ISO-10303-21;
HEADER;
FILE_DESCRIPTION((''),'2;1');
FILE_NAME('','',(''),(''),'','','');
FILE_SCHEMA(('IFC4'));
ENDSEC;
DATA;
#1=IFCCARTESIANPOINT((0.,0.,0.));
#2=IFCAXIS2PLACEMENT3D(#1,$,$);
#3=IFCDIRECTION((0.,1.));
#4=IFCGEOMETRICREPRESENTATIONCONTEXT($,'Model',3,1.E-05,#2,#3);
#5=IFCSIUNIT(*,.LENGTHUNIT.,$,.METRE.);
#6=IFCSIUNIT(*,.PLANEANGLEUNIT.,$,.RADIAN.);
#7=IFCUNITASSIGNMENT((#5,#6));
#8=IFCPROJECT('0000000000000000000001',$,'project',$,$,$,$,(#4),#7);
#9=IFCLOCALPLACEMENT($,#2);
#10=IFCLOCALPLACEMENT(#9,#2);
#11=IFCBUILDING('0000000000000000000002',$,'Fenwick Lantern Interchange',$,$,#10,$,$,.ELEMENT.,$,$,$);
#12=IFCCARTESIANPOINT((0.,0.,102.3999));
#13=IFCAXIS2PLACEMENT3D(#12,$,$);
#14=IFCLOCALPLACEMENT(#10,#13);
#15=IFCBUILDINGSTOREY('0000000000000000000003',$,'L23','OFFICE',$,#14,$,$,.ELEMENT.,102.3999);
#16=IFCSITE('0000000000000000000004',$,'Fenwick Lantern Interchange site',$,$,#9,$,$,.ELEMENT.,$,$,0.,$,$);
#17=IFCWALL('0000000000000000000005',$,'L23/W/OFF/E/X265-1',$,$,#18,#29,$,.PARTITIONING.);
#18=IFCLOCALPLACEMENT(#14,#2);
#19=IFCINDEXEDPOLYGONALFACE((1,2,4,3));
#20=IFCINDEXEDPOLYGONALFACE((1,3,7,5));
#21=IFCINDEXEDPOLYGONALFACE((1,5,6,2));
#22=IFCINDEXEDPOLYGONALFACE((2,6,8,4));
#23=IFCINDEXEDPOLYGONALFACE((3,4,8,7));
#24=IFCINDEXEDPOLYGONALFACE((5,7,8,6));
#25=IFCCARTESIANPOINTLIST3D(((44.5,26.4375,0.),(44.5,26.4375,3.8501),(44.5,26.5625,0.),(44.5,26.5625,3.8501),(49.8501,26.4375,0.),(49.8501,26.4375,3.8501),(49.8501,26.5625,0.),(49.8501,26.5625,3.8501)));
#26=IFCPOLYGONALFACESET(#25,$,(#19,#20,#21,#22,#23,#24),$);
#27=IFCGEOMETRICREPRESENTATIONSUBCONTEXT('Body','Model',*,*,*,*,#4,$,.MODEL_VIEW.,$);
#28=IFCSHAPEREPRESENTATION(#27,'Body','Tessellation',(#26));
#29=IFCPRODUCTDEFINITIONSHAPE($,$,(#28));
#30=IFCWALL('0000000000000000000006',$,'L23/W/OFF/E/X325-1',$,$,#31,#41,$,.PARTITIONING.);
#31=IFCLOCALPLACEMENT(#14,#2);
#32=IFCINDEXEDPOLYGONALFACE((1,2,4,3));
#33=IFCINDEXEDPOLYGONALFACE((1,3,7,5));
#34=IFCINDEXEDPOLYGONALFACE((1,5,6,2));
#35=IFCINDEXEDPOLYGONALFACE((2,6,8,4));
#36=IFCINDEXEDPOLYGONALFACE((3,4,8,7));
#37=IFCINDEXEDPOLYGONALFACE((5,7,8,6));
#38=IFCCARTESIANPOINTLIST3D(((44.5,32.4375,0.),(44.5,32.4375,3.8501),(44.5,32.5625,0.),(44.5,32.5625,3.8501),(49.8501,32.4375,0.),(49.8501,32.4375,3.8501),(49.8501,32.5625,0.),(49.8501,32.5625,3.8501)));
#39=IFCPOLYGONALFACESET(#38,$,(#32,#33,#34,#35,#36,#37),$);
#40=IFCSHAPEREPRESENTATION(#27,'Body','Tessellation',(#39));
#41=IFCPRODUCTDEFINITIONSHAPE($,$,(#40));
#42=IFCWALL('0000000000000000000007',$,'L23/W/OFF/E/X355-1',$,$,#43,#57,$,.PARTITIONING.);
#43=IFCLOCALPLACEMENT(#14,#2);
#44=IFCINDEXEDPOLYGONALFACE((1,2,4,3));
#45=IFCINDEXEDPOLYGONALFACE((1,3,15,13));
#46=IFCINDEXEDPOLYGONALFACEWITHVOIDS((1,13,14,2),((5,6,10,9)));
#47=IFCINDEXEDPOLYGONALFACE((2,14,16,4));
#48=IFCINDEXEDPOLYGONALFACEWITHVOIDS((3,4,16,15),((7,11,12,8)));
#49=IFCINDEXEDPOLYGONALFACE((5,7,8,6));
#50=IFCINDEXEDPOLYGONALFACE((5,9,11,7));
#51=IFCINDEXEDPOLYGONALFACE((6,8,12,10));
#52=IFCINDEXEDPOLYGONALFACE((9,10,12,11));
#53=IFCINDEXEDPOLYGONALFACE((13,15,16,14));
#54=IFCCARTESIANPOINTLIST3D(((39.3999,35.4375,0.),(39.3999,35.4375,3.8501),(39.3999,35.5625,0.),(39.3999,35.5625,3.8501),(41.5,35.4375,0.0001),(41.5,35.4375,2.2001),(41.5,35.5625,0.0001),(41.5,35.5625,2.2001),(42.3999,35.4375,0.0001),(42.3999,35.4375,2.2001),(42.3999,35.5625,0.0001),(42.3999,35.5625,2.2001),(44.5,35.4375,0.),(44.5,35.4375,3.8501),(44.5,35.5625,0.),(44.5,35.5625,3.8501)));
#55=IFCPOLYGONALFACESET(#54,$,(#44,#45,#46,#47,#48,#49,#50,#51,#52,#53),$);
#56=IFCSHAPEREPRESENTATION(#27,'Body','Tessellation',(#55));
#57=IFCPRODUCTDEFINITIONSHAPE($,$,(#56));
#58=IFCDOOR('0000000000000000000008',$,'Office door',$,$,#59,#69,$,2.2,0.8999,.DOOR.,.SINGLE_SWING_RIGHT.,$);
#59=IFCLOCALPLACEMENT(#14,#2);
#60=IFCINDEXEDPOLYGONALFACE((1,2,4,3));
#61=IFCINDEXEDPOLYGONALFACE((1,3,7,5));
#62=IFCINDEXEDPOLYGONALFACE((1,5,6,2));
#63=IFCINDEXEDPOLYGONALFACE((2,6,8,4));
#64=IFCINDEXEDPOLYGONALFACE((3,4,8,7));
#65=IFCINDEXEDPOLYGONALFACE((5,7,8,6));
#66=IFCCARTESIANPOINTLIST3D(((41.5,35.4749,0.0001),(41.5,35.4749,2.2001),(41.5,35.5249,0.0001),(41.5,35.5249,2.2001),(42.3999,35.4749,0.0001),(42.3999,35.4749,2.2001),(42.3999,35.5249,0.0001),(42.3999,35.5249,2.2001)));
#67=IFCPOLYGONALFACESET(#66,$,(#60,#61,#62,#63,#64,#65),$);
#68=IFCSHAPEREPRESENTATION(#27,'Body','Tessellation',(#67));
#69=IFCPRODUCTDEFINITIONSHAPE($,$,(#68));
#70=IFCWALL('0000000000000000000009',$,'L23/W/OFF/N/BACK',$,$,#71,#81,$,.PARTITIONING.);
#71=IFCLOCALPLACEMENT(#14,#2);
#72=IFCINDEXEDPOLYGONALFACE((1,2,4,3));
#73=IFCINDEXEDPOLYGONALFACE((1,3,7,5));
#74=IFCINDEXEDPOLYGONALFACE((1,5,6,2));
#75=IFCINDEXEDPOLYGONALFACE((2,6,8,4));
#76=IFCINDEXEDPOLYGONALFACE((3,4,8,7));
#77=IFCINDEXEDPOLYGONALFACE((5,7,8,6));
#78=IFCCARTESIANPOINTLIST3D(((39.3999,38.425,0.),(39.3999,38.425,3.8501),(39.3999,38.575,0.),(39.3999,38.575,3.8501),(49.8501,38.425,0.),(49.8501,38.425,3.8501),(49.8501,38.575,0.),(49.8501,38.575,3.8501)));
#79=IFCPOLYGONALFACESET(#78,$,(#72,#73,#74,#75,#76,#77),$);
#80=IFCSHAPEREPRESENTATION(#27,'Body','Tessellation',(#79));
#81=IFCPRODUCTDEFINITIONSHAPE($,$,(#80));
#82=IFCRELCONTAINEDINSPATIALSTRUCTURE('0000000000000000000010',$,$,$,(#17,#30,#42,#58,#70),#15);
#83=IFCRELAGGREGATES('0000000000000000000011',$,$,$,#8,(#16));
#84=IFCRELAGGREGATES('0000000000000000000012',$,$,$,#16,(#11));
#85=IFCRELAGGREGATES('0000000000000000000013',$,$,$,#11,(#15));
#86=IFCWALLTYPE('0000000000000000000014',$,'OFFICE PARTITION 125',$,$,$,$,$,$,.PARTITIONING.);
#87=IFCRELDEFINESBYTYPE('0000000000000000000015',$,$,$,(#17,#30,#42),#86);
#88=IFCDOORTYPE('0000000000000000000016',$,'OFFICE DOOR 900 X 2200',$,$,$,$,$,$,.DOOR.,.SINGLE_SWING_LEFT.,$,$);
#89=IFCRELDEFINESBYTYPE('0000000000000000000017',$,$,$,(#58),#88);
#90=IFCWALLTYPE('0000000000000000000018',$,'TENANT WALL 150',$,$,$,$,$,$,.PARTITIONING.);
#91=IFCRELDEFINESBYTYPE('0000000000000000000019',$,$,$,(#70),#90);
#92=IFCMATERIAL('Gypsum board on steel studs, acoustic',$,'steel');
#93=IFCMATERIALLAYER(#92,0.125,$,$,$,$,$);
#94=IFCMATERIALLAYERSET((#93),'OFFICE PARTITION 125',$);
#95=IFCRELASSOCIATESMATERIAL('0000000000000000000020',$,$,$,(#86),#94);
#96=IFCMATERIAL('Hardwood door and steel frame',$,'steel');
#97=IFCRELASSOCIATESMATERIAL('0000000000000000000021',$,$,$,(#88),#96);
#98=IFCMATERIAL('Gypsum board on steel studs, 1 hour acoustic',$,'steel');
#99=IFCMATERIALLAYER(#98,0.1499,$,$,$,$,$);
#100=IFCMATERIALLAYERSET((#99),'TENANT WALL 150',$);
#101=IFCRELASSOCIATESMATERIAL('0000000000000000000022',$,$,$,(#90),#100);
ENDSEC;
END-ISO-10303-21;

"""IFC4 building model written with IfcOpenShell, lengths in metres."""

from ifc_helpers import new_model, si_unit, direction, frame, frame_2d, origin, place, context, subcontext, project, spatial, rectangle, extrude, material, layer, layer_set, type_object, element, fill, save


model = new_model("IFC4")

# Units and contexts
model_context = context("Model", 3, precision=1e-05, world=origin(), true_north=direction((0.0, 1.0)))
body_context = subcontext(model_context, "Body", "Model", "MODEL_VIEW")
ifc_project = project(units=[si_unit("LENGTHUNIT", "METRE"), si_unit("PLANEANGLEUNIT", "RADIAN")], contexts=[model_context])

# Site, building, storey
site_placement = place(None, origin())
site = spatial("IfcSite", under=ifc_project, at=site_placement, Name="Fenwick Lantern Interchange site", CompositionType="ELEMENT", RefElevation=0.0)
building_placement = place(site_placement, origin())
building = spatial("IfcBuilding", under=site, at=building_placement, Name="Fenwick Lantern Interchange", CompositionType="ELEMENT")
storey_placement = place(building_placement, frame((0.0, 0.0, 102.3999)))
storey = spatial("IfcBuildingStorey", under=building, at=storey_placement, Name="L23", Description="OFFICE", CompositionType="ELEMENT", Elevation=102.3999)

# Walls
ifc_material_1 = material(Name="Gypsum board on steel studs, acoustic", Category="steel")
ifc_layer_1 = layer(ifc_material_1, 0.125)
ifc_layer_set_1 = layer_set([ifc_layer_1], Name="OFFICE PARTITION 125")
wall_type_1 = type_object("IfcWallType", Name="OFFICE PARTITION 125", PredefinedType="PARTITIONING", material=ifc_layer_set_1)
for number, where, z_axis, x_axis, name in (
    (1, (49.8501, 26.5, 0.0), (0.0, 0.0, 1.0), (-1.0, 0.0, 0.0), "L23/W/OFF/E/X265-1"),
    (2, (49.8501, 32.5, 0.0), (0.0, 0.0, 1.0), (-1.0, 0.0, 0.0), "L23/W/OFF/E/X325-1"),
):
    element("IfcWall", number, at=place(storey_placement, frame(where, z_axis=z_axis, x_axis=x_axis)), inside=storey, type_object=wall_type_1, Name=name, PredefinedType="PARTITIONING", context=body_context, shape_type="SweptSolid", body=[
        extrude(rectangle(XDim=5.3501, YDim=0.125, at=frame_2d((2.675, 0.0))), origin(), (0.0, 0.0, 1.0), 3.8501),
    ])

# Wall, opening, door
wall_1_placement = place(storey_placement, frame((44.5, 35.5, 0.0), z_axis=(0.0, 0.0, 1.0), x_axis=(-1.0, 0.0, 0.0)))
wall_1 = element("IfcWall", 3, at=wall_1_placement, inside=storey, type_object=wall_type_1, Name="L23/W/OFF/E/X355-1", PredefinedType="PARTITIONING", context=body_context, shape_type="SweptSolid", body=[
    extrude(rectangle(XDim=5.1001, YDim=0.125, at=frame_2d((2.55, 0.0))), origin(), (0.0, 0.0, 1.0), 3.8501),
])
opening_placement = place(wall_1_placement, frame((2.1001, 0.0, 0.0)))
opening = element("IfcOpeningElement", 4, at=opening_placement, cuts=wall_1, PredefinedType="OPENING", context=body_context, shape_type="SweptSolid", body=[
    extrude(rectangle(XDim=0.8999, YDim=2.2, at=frame_2d((0.45, 1.1001))), frame((0.0, 0.0725, 0.0), z_axis=(0.0, -1.0, 0.0), x_axis=(1.0, 0.0, 0.0)), (0.0, 0.0, 1.0), 0.145),
])
ifc_material_2 = material(Name="Hardwood door and steel frame", Category="steel")
door_type = type_object("IfcDoorType", Name="OFFICE DOOR 900 X 2200", OperationType="SINGLE_SWING_LEFT", PredefinedType="DOOR", material=ifc_material_2)
door_placement = place(opening_placement, frame((0.8999, 0.0, 0.0), z_axis=(0.0, 0.0, 1.0), x_axis=(-1.0, 0.0, 0.0)))
door = element("IfcDoor", 5, at=door_placement, inside=storey, type_object=door_type, Name="Office door", OperationType="SINGLE_SWING_RIGHT", OverallHeight=2.2, OverallWidth=0.8999, PredefinedType="DOOR", context=body_context, shape_type="SweptSolid", body=[
    extrude(rectangle(XDim=0.8999, YDim=2.2, at=frame_2d((0.45, 1.1001))), frame((0.0, 0.0249, 0.0), z_axis=(0.0, -1.0, 0.0), x_axis=(1.0, 0.0, 0.0)), (0.0, 0.0, 1.0), 0.05),
])
fill(opening, door)

# Wall
ifc_material_3 = material(Name="Gypsum board on steel studs, 1 hour acoustic", Category="steel")
ifc_layer_2 = layer(ifc_material_3, 0.1499)
ifc_layer_set_2 = layer_set([ifc_layer_2], Name="TENANT WALL 150")
wall_type_2 = type_object("IfcWallType", Name="TENANT WALL 150", PredefinedType="PARTITIONING", material=ifc_layer_set_2)
wall_2_placement = place(storey_placement, frame((49.8501, 38.5, 0.0), z_axis=(0.0, 0.0, 1.0), x_axis=(-1.0, 0.0, 0.0)))
element("IfcWall", 6, at=wall_2_placement, inside=storey, type_object=wall_type_2, Name="L23/W/OFF/N/BACK", PredefinedType="PARTITIONING", context=body_context, shape_type="SweptSolid", body=[
    extrude(rectangle(XDim=10.4502, YDim=0.1499, at=frame_2d((5.2251, 0.0))), origin(), (0.0, 0.0, 1.0), 3.8501),
])

save(model, "model.ifc")
